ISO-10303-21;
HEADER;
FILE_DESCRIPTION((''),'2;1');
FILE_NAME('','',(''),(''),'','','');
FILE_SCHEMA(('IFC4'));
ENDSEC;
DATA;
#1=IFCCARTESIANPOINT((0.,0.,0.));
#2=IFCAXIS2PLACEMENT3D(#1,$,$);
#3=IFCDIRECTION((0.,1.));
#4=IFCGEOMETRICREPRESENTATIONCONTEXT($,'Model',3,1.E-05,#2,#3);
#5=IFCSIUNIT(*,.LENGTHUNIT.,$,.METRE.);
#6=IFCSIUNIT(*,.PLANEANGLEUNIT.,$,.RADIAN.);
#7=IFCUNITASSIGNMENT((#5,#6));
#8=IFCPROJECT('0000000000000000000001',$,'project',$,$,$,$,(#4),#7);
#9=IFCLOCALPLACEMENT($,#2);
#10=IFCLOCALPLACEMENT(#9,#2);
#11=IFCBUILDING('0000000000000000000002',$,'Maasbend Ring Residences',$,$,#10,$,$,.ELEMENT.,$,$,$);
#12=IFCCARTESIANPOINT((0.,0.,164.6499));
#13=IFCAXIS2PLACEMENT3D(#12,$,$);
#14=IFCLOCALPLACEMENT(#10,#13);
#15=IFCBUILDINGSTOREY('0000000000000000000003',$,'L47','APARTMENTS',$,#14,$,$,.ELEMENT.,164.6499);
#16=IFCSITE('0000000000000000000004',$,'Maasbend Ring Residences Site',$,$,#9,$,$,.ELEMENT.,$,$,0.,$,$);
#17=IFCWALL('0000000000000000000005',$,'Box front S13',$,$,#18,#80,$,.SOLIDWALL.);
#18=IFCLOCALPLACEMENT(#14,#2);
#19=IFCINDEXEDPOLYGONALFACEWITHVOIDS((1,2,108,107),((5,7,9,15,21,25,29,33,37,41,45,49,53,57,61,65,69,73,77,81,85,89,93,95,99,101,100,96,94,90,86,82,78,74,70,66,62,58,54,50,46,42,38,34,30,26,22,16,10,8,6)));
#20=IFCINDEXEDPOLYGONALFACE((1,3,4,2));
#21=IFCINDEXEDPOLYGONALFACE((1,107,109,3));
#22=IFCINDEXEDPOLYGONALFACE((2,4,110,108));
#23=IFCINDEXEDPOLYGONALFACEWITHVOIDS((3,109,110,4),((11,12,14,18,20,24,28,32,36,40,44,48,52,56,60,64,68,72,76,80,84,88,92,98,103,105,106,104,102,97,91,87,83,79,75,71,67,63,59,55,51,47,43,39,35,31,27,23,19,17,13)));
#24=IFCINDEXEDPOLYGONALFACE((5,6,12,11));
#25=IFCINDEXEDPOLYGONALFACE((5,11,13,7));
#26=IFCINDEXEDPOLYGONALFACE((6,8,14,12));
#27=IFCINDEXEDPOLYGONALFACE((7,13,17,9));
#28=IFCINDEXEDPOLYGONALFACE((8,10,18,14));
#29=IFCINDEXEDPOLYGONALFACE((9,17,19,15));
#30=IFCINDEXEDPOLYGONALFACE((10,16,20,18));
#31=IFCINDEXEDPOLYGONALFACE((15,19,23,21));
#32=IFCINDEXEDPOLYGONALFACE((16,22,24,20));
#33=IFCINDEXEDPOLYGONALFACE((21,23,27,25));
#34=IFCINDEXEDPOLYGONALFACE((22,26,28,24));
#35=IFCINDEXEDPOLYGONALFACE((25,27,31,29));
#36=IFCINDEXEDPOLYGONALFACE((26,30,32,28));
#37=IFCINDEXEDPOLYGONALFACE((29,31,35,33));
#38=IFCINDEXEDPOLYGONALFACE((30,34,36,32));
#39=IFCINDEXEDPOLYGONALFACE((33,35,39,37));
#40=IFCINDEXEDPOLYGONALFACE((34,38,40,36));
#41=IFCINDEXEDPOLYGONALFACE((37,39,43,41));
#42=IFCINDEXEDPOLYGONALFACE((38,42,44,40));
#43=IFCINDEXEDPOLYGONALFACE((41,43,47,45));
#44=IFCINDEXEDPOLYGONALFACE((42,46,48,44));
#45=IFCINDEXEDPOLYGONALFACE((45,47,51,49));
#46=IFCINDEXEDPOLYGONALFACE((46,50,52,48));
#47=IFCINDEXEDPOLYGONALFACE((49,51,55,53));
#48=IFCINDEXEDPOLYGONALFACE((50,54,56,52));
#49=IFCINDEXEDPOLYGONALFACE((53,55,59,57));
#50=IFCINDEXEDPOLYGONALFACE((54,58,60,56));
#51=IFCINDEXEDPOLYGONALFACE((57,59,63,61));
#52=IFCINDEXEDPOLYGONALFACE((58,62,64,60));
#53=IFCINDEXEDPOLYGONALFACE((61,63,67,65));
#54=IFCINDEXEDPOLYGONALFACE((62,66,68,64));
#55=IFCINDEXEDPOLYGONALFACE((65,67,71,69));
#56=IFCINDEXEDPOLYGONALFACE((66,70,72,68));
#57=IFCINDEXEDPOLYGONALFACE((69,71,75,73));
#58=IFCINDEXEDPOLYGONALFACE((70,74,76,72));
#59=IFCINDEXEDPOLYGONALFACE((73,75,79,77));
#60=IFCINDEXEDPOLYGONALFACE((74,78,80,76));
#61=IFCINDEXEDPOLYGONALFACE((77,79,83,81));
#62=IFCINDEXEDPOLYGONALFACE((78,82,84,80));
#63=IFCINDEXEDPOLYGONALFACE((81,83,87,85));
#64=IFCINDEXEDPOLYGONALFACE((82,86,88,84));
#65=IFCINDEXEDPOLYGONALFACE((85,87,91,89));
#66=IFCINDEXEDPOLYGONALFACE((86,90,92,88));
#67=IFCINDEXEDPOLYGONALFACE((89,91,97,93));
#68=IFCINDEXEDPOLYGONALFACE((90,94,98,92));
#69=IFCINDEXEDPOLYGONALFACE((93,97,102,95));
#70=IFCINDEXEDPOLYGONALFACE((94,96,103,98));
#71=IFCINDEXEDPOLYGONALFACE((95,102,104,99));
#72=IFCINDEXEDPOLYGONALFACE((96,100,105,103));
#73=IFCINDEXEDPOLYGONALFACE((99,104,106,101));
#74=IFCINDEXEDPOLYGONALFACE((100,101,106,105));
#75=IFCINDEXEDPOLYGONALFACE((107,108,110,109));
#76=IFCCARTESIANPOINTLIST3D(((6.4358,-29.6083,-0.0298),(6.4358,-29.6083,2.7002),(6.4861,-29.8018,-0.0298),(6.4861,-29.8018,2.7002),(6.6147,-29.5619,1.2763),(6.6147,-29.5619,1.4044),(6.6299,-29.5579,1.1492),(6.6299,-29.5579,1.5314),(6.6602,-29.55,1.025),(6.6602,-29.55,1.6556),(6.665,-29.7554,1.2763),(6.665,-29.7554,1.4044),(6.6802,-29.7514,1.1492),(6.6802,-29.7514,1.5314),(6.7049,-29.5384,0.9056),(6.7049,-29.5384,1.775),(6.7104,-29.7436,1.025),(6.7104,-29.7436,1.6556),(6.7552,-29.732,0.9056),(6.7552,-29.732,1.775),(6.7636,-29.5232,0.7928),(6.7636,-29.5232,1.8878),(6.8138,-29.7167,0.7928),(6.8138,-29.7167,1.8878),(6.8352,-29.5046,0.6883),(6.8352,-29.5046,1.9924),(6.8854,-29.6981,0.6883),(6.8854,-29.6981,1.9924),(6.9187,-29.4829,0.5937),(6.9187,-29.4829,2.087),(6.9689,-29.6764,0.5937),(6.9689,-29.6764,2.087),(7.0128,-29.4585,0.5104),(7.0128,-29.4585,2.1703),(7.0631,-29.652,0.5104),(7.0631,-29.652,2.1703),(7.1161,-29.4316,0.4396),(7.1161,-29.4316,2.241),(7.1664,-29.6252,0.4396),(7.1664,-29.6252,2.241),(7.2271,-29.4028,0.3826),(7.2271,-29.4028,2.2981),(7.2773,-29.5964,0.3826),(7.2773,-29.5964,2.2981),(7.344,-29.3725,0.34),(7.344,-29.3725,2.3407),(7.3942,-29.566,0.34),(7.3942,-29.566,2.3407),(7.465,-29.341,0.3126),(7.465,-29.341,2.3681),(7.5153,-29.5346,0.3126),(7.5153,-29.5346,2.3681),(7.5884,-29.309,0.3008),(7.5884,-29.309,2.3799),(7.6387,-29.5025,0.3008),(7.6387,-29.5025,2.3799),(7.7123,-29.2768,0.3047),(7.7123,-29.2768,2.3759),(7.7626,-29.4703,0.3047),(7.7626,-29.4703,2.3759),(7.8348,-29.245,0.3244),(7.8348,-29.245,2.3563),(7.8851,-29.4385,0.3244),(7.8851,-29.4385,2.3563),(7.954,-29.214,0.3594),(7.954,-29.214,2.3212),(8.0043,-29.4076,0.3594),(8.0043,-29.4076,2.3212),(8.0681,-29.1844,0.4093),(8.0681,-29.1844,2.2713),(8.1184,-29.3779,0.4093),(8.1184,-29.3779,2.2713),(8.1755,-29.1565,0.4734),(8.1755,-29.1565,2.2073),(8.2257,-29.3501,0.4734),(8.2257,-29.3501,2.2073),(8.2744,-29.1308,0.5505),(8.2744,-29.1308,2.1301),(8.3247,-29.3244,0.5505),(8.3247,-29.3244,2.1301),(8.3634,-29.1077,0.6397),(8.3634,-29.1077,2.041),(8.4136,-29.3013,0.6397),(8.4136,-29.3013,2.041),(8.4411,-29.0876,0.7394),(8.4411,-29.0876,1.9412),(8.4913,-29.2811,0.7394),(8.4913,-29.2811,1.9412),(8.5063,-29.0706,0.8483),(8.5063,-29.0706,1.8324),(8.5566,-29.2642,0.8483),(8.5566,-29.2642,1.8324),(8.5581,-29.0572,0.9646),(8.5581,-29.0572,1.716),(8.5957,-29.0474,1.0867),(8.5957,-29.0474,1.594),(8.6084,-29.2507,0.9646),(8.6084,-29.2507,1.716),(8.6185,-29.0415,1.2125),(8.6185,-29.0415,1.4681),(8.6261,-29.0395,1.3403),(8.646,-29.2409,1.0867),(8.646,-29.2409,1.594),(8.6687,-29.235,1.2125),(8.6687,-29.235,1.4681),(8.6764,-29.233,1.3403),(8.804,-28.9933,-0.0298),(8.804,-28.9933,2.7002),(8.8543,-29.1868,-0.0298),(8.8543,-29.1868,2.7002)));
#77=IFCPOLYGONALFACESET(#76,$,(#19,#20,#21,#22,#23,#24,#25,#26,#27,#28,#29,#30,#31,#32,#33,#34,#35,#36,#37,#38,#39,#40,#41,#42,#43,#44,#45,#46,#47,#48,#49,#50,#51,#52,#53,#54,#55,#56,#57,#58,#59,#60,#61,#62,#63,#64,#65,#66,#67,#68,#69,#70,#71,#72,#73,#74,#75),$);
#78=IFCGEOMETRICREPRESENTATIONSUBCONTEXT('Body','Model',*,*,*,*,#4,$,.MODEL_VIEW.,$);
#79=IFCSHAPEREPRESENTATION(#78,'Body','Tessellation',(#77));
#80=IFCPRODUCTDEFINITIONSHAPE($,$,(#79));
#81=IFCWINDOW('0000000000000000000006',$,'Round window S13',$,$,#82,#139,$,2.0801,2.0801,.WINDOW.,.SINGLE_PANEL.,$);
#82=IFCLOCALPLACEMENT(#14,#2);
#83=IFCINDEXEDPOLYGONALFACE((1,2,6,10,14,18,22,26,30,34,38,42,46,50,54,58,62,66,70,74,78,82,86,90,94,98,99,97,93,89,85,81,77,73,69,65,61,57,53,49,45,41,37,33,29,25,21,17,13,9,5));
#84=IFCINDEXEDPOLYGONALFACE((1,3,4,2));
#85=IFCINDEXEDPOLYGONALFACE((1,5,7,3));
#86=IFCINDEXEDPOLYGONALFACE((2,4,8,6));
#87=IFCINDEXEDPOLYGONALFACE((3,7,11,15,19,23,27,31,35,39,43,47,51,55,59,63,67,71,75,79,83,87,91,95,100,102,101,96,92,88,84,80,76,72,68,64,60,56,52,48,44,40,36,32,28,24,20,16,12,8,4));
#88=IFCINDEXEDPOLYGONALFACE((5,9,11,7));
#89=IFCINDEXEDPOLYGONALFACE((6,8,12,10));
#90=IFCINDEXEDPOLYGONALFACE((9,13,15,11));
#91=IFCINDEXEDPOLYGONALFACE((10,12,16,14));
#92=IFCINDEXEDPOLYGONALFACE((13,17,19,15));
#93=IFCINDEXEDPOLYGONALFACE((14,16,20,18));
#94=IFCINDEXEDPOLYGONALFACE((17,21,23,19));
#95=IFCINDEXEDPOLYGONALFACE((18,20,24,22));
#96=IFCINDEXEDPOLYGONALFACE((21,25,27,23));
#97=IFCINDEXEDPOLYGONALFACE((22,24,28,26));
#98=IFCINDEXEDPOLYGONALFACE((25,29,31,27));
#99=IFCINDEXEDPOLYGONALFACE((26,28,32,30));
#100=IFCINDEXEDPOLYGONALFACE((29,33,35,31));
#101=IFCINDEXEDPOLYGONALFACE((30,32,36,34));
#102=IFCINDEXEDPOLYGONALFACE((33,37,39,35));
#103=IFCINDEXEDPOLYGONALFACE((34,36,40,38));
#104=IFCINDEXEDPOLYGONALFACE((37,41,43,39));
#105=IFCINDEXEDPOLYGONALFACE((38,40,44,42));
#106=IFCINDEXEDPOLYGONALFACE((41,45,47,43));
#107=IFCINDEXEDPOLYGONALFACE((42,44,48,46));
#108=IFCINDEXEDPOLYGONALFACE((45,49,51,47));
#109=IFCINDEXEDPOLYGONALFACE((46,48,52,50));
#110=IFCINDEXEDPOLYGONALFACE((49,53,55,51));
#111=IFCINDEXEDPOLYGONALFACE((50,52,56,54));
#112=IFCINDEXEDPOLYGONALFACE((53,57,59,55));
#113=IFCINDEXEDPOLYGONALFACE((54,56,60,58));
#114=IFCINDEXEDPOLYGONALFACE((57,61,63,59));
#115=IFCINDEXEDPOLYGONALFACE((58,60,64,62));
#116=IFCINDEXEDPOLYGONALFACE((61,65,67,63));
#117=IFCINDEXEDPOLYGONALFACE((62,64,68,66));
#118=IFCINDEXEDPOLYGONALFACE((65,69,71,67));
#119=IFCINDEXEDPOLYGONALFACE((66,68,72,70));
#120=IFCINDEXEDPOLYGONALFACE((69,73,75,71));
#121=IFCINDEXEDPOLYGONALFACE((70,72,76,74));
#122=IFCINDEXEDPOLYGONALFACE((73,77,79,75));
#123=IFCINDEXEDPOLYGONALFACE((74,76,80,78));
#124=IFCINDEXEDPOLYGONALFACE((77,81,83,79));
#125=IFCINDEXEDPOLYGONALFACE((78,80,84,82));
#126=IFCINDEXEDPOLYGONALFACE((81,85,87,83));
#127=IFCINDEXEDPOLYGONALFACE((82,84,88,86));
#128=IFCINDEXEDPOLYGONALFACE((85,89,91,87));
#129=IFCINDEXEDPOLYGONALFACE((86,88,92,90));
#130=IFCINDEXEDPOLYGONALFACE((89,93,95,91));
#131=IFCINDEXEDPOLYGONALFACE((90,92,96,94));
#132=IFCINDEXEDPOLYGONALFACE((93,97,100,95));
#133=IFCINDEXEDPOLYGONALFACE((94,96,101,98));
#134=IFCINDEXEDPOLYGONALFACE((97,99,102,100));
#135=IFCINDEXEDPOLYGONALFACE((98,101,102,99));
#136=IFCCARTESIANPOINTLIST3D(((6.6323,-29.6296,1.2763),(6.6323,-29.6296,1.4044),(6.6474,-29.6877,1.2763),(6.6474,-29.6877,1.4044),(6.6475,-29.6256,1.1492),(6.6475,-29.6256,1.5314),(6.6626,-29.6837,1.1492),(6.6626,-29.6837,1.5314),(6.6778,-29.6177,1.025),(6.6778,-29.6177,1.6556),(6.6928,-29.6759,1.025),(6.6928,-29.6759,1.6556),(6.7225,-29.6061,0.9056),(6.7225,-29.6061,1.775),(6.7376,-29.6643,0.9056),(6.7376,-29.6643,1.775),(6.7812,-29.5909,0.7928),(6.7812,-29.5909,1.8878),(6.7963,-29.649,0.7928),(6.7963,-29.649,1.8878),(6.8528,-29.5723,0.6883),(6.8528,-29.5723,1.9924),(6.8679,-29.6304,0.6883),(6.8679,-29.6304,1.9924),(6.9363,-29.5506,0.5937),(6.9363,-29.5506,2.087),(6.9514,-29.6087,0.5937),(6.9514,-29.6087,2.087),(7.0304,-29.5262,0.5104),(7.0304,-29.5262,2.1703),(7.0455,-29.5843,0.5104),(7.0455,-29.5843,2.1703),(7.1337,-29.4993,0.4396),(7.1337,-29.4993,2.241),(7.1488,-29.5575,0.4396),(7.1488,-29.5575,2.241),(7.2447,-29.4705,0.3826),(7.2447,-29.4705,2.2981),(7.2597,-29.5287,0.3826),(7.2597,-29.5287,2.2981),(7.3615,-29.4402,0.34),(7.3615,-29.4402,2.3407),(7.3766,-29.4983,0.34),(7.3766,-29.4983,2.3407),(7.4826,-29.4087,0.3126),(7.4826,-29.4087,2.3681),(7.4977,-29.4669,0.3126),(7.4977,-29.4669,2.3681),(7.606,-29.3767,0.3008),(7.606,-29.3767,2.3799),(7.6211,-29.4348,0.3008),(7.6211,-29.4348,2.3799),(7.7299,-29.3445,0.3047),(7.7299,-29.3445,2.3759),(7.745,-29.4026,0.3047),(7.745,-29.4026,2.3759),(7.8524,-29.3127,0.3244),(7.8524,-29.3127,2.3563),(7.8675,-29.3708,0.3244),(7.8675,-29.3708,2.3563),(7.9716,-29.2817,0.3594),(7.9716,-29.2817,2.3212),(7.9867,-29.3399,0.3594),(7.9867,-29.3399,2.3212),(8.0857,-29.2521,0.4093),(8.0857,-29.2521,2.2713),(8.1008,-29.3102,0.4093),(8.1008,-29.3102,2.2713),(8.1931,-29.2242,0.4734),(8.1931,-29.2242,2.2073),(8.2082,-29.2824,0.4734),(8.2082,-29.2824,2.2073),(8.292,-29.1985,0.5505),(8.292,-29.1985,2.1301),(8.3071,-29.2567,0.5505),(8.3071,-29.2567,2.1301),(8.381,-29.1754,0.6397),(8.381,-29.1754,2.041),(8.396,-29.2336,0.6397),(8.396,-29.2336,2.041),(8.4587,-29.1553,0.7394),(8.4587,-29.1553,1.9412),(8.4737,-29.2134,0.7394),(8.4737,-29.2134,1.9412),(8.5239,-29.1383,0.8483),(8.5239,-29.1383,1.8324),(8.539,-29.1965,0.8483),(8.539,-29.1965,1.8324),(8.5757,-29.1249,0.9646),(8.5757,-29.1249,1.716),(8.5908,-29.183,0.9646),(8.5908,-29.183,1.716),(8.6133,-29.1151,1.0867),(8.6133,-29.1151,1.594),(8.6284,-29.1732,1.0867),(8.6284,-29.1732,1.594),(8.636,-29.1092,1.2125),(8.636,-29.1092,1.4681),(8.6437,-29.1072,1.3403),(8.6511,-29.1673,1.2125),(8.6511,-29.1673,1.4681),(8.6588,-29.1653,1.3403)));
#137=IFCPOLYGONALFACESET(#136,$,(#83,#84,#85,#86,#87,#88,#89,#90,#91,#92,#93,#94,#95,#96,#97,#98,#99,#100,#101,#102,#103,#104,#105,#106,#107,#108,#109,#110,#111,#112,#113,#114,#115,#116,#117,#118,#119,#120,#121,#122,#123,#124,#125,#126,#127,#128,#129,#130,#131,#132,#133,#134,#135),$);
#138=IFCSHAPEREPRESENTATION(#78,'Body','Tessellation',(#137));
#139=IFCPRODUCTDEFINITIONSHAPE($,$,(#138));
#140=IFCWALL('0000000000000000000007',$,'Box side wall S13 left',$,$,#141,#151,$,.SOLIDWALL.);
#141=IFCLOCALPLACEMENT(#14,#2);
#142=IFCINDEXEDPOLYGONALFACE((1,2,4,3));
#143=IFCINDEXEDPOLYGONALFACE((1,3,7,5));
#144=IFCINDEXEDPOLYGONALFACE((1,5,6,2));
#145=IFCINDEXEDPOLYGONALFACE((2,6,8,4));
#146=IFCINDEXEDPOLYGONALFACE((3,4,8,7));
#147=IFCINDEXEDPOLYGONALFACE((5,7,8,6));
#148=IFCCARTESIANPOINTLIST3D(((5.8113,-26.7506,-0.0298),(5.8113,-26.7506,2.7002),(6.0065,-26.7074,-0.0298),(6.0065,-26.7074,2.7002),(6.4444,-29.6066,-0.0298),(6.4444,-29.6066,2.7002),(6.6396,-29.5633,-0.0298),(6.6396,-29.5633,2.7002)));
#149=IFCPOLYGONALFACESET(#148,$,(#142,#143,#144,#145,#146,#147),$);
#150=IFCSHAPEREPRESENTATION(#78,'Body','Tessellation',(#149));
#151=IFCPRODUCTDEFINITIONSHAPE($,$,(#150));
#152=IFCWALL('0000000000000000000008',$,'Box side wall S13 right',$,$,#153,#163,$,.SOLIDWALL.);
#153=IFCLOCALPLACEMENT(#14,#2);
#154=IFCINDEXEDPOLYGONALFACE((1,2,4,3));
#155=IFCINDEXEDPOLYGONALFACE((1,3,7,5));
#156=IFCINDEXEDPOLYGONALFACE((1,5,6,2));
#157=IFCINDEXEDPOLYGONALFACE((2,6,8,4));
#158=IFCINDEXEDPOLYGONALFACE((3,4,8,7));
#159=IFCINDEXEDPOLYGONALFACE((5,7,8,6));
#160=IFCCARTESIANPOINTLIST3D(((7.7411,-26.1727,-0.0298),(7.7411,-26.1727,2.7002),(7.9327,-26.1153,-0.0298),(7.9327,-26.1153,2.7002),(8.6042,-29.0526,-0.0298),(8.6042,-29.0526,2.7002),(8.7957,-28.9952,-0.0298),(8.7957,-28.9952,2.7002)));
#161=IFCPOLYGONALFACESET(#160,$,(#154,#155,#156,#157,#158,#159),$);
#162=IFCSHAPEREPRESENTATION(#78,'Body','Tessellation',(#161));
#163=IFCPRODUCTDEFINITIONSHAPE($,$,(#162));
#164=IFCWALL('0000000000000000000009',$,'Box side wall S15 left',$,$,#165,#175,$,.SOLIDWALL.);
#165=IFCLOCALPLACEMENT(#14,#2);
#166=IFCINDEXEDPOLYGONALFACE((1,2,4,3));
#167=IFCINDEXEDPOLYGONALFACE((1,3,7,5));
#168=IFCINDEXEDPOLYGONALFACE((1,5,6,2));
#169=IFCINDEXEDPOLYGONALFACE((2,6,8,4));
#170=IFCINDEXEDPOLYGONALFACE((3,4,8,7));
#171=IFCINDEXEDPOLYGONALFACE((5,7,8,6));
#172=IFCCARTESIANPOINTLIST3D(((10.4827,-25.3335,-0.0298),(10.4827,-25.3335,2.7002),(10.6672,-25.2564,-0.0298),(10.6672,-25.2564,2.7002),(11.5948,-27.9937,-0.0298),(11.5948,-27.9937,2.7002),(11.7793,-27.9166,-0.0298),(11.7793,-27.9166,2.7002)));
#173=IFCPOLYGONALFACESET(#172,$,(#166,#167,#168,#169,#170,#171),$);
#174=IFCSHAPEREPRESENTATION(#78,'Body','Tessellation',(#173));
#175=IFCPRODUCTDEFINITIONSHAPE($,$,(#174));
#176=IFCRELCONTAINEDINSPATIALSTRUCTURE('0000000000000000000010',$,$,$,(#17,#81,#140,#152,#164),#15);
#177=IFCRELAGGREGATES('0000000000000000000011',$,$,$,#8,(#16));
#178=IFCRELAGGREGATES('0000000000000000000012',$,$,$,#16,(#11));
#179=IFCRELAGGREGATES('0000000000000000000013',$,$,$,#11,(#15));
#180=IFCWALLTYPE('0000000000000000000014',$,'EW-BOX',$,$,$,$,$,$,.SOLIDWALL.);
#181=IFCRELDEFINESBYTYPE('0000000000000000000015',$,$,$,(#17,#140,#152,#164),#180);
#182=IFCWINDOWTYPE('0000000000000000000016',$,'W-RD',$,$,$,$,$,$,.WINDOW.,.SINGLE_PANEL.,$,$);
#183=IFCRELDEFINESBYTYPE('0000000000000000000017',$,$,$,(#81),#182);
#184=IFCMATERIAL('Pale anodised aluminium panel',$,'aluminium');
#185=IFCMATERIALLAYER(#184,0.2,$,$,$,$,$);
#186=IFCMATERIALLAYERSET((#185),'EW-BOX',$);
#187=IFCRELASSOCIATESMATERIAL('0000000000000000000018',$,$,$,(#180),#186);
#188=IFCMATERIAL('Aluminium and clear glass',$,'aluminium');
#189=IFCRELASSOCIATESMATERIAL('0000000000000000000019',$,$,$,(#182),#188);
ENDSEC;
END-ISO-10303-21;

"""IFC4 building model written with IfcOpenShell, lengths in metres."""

from ifc_helpers import new_model, si_unit, direction, frame, frame_2d, origin, place, context, subcontext, project, spatial, rectangle, circle, extrude, material, layer, layer_set, type_object, element, fill, save


model = new_model("IFC4")

# Units and contexts
model_context = context("Model", 3, precision=1e-05, world=origin(), true_north=direction((0.0, 1.0)))
body_context = subcontext(model_context, "Body", "Model", "MODEL_VIEW")
ifc_project = project(units=[si_unit("LENGTHUNIT", "METRE"), si_unit("PLANEANGLEUNIT", "RADIAN")], contexts=[model_context])

# Site, building, storey
site_placement = place(None, origin())
site = spatial("IfcSite", under=ifc_project, at=site_placement, Name="Maasbend Ring Residences Site", CompositionType="ELEMENT", RefElevation=0.0)
building_placement = place(site_placement, origin())
building = spatial("IfcBuilding", under=site, at=building_placement, Name="Maasbend Ring Residences", CompositionType="ELEMENT")
storey_placement = place(building_placement, frame((0.0, 0.0, 164.6499)))
storey = spatial("IfcBuildingStorey", under=building, at=storey_placement, Name="L47", Description="APARTMENTS", CompositionType="ELEMENT", Elevation=164.6499)

# Shared definitions
ifc_material_1 = material(Name="Pale anodised aluminium panel", Category="aluminium")
ifc_layer_1 = layer(ifc_material_1, 0.2)
ifc_layer_set_1 = layer_set([ifc_layer_1], Name="EW-BOX")
wall_type_1 = type_object("IfcWallType", Name="EW-BOX", PredefinedType="SOLIDWALL", material=ifc_layer_set_1)

# Wall, opening, window
wall_1_placement = place(storey_placement, frame((6.4609, -29.7051, -0.0298), z_axis=(0.0, 0.0, 1.0), x_axis=(0.967895, 0.251353, 0.0)))
wall_1 = element("IfcWall", 1, at=wall_1_placement, inside=storey, type_object=wall_type_1, Name="Box front S13", PredefinedType="SOLIDWALL", context=body_context, shape_type="SweptSolid", body=[
    extrude(rectangle(XDim=2.4468, YDim=0.2, at=frame_2d((1.2234, 0.0))), origin(), (0.0, 0.0, 1.0), 2.73),
])
opening_1_placement = place(wall_1_placement, frame((0.1829, 0.0, 0.3301)))
opening_1 = element("IfcOpeningElement", 2, at=opening_1_placement, cuts=wall_1, PredefinedType="OPENING", context=body_context, shape_type="SweptSolid", body=[
    extrude(circle(Radius=1.04, at=frame_2d((1.04, 1.04))), frame((0.0, 0.1099, 0.0), z_axis=(0.0, -1.0, 0.0), x_axis=(1.0, 0.0, 0.0)), (0.0, 0.0, 1.0), 0.22),
])
ifc_material_2 = material(Name="Aluminium and clear glass", Category="aluminium")
window_type_1 = type_object("IfcWindowType", Name="W-RD", PartitioningType="SINGLE_PANEL", PredefinedType="WINDOW", material=ifc_material_2)
window_1_placement = place(opening_1_placement, origin())
window_1 = element("IfcWindow", 3, at=window_1_placement, inside=storey, type_object=window_type_1, Name="Round window S13", OverallHeight=2.0801, OverallWidth=2.0801, PartitioningType="SINGLE_PANEL", PredefinedType="WINDOW", context=body_context, shape_type="SweptSolid", body=[
    extrude(circle(Radius=1.04, at=frame_2d((1.04, 1.04))), frame((0.0, 0.03, 0.0), z_axis=(0.0, -1.0, 0.0), x_axis=(1.0, 0.0, 0.0)), (0.0, 0.0, 1.0), 0.0601),
])
fill(opening_1, window_1)

# Walls
wall_2_placement = place(storey_placement, frame((5.9089, -26.729, -0.0298), z_axis=(0.0, 0.0, 1.0), x_axis=(0.216409, -0.976303, 0.0)))
element("IfcWall", 4, at=wall_2_placement, inside=storey, type_object=wall_type_1, Name="Box side wall S13 left", PredefinedType="SOLIDWALL", context=body_context, shape_type="SweptSolid", body=[
    extrude(rectangle(XDim=2.9253, YDim=0.2, at=frame_2d((1.4626, 0.0))), origin(), (0.0, 0.0, 1.0), 2.73),
])
wall_3_placement = place(storey_placement, frame((7.8369, -26.144, -0.0298), z_axis=(0.0, 0.0, 1.0), x_axis=(0.287065, -0.957911, 0.0)))
element("IfcWall", 5, at=wall_3_placement, inside=storey, type_object=wall_type_1, Name="Box side wall S13 right", PredefinedType="SOLIDWALL", context=body_context, shape_type="SweptSolid", body=[
    extrude(rectangle(XDim=3.0063, YDim=0.2, at=frame_2d((1.5032, 0.0))), origin(), (0.0, 0.0, 1.0), 2.73),
])
wall_4_placement = place(storey_placement, frame((10.575, -25.2949, -0.0298), z_axis=(0.0, 0.0, 1.0), x_axis=(0.385697, -0.922625, 0.0)))
element("IfcWall", 6, at=wall_4_placement, inside=storey, type_object=wall_type_1, Name="Box side wall S15 left", PredefinedType="SOLIDWALL", context=body_context, shape_type="SweptSolid", body=[
    extrude(rectangle(XDim=2.8833, YDim=0.2, at=frame_2d((1.4417, 0.0))), origin(), (0.0, 0.0, 1.0), 2.73),
])

save(model, "model.ifc")
